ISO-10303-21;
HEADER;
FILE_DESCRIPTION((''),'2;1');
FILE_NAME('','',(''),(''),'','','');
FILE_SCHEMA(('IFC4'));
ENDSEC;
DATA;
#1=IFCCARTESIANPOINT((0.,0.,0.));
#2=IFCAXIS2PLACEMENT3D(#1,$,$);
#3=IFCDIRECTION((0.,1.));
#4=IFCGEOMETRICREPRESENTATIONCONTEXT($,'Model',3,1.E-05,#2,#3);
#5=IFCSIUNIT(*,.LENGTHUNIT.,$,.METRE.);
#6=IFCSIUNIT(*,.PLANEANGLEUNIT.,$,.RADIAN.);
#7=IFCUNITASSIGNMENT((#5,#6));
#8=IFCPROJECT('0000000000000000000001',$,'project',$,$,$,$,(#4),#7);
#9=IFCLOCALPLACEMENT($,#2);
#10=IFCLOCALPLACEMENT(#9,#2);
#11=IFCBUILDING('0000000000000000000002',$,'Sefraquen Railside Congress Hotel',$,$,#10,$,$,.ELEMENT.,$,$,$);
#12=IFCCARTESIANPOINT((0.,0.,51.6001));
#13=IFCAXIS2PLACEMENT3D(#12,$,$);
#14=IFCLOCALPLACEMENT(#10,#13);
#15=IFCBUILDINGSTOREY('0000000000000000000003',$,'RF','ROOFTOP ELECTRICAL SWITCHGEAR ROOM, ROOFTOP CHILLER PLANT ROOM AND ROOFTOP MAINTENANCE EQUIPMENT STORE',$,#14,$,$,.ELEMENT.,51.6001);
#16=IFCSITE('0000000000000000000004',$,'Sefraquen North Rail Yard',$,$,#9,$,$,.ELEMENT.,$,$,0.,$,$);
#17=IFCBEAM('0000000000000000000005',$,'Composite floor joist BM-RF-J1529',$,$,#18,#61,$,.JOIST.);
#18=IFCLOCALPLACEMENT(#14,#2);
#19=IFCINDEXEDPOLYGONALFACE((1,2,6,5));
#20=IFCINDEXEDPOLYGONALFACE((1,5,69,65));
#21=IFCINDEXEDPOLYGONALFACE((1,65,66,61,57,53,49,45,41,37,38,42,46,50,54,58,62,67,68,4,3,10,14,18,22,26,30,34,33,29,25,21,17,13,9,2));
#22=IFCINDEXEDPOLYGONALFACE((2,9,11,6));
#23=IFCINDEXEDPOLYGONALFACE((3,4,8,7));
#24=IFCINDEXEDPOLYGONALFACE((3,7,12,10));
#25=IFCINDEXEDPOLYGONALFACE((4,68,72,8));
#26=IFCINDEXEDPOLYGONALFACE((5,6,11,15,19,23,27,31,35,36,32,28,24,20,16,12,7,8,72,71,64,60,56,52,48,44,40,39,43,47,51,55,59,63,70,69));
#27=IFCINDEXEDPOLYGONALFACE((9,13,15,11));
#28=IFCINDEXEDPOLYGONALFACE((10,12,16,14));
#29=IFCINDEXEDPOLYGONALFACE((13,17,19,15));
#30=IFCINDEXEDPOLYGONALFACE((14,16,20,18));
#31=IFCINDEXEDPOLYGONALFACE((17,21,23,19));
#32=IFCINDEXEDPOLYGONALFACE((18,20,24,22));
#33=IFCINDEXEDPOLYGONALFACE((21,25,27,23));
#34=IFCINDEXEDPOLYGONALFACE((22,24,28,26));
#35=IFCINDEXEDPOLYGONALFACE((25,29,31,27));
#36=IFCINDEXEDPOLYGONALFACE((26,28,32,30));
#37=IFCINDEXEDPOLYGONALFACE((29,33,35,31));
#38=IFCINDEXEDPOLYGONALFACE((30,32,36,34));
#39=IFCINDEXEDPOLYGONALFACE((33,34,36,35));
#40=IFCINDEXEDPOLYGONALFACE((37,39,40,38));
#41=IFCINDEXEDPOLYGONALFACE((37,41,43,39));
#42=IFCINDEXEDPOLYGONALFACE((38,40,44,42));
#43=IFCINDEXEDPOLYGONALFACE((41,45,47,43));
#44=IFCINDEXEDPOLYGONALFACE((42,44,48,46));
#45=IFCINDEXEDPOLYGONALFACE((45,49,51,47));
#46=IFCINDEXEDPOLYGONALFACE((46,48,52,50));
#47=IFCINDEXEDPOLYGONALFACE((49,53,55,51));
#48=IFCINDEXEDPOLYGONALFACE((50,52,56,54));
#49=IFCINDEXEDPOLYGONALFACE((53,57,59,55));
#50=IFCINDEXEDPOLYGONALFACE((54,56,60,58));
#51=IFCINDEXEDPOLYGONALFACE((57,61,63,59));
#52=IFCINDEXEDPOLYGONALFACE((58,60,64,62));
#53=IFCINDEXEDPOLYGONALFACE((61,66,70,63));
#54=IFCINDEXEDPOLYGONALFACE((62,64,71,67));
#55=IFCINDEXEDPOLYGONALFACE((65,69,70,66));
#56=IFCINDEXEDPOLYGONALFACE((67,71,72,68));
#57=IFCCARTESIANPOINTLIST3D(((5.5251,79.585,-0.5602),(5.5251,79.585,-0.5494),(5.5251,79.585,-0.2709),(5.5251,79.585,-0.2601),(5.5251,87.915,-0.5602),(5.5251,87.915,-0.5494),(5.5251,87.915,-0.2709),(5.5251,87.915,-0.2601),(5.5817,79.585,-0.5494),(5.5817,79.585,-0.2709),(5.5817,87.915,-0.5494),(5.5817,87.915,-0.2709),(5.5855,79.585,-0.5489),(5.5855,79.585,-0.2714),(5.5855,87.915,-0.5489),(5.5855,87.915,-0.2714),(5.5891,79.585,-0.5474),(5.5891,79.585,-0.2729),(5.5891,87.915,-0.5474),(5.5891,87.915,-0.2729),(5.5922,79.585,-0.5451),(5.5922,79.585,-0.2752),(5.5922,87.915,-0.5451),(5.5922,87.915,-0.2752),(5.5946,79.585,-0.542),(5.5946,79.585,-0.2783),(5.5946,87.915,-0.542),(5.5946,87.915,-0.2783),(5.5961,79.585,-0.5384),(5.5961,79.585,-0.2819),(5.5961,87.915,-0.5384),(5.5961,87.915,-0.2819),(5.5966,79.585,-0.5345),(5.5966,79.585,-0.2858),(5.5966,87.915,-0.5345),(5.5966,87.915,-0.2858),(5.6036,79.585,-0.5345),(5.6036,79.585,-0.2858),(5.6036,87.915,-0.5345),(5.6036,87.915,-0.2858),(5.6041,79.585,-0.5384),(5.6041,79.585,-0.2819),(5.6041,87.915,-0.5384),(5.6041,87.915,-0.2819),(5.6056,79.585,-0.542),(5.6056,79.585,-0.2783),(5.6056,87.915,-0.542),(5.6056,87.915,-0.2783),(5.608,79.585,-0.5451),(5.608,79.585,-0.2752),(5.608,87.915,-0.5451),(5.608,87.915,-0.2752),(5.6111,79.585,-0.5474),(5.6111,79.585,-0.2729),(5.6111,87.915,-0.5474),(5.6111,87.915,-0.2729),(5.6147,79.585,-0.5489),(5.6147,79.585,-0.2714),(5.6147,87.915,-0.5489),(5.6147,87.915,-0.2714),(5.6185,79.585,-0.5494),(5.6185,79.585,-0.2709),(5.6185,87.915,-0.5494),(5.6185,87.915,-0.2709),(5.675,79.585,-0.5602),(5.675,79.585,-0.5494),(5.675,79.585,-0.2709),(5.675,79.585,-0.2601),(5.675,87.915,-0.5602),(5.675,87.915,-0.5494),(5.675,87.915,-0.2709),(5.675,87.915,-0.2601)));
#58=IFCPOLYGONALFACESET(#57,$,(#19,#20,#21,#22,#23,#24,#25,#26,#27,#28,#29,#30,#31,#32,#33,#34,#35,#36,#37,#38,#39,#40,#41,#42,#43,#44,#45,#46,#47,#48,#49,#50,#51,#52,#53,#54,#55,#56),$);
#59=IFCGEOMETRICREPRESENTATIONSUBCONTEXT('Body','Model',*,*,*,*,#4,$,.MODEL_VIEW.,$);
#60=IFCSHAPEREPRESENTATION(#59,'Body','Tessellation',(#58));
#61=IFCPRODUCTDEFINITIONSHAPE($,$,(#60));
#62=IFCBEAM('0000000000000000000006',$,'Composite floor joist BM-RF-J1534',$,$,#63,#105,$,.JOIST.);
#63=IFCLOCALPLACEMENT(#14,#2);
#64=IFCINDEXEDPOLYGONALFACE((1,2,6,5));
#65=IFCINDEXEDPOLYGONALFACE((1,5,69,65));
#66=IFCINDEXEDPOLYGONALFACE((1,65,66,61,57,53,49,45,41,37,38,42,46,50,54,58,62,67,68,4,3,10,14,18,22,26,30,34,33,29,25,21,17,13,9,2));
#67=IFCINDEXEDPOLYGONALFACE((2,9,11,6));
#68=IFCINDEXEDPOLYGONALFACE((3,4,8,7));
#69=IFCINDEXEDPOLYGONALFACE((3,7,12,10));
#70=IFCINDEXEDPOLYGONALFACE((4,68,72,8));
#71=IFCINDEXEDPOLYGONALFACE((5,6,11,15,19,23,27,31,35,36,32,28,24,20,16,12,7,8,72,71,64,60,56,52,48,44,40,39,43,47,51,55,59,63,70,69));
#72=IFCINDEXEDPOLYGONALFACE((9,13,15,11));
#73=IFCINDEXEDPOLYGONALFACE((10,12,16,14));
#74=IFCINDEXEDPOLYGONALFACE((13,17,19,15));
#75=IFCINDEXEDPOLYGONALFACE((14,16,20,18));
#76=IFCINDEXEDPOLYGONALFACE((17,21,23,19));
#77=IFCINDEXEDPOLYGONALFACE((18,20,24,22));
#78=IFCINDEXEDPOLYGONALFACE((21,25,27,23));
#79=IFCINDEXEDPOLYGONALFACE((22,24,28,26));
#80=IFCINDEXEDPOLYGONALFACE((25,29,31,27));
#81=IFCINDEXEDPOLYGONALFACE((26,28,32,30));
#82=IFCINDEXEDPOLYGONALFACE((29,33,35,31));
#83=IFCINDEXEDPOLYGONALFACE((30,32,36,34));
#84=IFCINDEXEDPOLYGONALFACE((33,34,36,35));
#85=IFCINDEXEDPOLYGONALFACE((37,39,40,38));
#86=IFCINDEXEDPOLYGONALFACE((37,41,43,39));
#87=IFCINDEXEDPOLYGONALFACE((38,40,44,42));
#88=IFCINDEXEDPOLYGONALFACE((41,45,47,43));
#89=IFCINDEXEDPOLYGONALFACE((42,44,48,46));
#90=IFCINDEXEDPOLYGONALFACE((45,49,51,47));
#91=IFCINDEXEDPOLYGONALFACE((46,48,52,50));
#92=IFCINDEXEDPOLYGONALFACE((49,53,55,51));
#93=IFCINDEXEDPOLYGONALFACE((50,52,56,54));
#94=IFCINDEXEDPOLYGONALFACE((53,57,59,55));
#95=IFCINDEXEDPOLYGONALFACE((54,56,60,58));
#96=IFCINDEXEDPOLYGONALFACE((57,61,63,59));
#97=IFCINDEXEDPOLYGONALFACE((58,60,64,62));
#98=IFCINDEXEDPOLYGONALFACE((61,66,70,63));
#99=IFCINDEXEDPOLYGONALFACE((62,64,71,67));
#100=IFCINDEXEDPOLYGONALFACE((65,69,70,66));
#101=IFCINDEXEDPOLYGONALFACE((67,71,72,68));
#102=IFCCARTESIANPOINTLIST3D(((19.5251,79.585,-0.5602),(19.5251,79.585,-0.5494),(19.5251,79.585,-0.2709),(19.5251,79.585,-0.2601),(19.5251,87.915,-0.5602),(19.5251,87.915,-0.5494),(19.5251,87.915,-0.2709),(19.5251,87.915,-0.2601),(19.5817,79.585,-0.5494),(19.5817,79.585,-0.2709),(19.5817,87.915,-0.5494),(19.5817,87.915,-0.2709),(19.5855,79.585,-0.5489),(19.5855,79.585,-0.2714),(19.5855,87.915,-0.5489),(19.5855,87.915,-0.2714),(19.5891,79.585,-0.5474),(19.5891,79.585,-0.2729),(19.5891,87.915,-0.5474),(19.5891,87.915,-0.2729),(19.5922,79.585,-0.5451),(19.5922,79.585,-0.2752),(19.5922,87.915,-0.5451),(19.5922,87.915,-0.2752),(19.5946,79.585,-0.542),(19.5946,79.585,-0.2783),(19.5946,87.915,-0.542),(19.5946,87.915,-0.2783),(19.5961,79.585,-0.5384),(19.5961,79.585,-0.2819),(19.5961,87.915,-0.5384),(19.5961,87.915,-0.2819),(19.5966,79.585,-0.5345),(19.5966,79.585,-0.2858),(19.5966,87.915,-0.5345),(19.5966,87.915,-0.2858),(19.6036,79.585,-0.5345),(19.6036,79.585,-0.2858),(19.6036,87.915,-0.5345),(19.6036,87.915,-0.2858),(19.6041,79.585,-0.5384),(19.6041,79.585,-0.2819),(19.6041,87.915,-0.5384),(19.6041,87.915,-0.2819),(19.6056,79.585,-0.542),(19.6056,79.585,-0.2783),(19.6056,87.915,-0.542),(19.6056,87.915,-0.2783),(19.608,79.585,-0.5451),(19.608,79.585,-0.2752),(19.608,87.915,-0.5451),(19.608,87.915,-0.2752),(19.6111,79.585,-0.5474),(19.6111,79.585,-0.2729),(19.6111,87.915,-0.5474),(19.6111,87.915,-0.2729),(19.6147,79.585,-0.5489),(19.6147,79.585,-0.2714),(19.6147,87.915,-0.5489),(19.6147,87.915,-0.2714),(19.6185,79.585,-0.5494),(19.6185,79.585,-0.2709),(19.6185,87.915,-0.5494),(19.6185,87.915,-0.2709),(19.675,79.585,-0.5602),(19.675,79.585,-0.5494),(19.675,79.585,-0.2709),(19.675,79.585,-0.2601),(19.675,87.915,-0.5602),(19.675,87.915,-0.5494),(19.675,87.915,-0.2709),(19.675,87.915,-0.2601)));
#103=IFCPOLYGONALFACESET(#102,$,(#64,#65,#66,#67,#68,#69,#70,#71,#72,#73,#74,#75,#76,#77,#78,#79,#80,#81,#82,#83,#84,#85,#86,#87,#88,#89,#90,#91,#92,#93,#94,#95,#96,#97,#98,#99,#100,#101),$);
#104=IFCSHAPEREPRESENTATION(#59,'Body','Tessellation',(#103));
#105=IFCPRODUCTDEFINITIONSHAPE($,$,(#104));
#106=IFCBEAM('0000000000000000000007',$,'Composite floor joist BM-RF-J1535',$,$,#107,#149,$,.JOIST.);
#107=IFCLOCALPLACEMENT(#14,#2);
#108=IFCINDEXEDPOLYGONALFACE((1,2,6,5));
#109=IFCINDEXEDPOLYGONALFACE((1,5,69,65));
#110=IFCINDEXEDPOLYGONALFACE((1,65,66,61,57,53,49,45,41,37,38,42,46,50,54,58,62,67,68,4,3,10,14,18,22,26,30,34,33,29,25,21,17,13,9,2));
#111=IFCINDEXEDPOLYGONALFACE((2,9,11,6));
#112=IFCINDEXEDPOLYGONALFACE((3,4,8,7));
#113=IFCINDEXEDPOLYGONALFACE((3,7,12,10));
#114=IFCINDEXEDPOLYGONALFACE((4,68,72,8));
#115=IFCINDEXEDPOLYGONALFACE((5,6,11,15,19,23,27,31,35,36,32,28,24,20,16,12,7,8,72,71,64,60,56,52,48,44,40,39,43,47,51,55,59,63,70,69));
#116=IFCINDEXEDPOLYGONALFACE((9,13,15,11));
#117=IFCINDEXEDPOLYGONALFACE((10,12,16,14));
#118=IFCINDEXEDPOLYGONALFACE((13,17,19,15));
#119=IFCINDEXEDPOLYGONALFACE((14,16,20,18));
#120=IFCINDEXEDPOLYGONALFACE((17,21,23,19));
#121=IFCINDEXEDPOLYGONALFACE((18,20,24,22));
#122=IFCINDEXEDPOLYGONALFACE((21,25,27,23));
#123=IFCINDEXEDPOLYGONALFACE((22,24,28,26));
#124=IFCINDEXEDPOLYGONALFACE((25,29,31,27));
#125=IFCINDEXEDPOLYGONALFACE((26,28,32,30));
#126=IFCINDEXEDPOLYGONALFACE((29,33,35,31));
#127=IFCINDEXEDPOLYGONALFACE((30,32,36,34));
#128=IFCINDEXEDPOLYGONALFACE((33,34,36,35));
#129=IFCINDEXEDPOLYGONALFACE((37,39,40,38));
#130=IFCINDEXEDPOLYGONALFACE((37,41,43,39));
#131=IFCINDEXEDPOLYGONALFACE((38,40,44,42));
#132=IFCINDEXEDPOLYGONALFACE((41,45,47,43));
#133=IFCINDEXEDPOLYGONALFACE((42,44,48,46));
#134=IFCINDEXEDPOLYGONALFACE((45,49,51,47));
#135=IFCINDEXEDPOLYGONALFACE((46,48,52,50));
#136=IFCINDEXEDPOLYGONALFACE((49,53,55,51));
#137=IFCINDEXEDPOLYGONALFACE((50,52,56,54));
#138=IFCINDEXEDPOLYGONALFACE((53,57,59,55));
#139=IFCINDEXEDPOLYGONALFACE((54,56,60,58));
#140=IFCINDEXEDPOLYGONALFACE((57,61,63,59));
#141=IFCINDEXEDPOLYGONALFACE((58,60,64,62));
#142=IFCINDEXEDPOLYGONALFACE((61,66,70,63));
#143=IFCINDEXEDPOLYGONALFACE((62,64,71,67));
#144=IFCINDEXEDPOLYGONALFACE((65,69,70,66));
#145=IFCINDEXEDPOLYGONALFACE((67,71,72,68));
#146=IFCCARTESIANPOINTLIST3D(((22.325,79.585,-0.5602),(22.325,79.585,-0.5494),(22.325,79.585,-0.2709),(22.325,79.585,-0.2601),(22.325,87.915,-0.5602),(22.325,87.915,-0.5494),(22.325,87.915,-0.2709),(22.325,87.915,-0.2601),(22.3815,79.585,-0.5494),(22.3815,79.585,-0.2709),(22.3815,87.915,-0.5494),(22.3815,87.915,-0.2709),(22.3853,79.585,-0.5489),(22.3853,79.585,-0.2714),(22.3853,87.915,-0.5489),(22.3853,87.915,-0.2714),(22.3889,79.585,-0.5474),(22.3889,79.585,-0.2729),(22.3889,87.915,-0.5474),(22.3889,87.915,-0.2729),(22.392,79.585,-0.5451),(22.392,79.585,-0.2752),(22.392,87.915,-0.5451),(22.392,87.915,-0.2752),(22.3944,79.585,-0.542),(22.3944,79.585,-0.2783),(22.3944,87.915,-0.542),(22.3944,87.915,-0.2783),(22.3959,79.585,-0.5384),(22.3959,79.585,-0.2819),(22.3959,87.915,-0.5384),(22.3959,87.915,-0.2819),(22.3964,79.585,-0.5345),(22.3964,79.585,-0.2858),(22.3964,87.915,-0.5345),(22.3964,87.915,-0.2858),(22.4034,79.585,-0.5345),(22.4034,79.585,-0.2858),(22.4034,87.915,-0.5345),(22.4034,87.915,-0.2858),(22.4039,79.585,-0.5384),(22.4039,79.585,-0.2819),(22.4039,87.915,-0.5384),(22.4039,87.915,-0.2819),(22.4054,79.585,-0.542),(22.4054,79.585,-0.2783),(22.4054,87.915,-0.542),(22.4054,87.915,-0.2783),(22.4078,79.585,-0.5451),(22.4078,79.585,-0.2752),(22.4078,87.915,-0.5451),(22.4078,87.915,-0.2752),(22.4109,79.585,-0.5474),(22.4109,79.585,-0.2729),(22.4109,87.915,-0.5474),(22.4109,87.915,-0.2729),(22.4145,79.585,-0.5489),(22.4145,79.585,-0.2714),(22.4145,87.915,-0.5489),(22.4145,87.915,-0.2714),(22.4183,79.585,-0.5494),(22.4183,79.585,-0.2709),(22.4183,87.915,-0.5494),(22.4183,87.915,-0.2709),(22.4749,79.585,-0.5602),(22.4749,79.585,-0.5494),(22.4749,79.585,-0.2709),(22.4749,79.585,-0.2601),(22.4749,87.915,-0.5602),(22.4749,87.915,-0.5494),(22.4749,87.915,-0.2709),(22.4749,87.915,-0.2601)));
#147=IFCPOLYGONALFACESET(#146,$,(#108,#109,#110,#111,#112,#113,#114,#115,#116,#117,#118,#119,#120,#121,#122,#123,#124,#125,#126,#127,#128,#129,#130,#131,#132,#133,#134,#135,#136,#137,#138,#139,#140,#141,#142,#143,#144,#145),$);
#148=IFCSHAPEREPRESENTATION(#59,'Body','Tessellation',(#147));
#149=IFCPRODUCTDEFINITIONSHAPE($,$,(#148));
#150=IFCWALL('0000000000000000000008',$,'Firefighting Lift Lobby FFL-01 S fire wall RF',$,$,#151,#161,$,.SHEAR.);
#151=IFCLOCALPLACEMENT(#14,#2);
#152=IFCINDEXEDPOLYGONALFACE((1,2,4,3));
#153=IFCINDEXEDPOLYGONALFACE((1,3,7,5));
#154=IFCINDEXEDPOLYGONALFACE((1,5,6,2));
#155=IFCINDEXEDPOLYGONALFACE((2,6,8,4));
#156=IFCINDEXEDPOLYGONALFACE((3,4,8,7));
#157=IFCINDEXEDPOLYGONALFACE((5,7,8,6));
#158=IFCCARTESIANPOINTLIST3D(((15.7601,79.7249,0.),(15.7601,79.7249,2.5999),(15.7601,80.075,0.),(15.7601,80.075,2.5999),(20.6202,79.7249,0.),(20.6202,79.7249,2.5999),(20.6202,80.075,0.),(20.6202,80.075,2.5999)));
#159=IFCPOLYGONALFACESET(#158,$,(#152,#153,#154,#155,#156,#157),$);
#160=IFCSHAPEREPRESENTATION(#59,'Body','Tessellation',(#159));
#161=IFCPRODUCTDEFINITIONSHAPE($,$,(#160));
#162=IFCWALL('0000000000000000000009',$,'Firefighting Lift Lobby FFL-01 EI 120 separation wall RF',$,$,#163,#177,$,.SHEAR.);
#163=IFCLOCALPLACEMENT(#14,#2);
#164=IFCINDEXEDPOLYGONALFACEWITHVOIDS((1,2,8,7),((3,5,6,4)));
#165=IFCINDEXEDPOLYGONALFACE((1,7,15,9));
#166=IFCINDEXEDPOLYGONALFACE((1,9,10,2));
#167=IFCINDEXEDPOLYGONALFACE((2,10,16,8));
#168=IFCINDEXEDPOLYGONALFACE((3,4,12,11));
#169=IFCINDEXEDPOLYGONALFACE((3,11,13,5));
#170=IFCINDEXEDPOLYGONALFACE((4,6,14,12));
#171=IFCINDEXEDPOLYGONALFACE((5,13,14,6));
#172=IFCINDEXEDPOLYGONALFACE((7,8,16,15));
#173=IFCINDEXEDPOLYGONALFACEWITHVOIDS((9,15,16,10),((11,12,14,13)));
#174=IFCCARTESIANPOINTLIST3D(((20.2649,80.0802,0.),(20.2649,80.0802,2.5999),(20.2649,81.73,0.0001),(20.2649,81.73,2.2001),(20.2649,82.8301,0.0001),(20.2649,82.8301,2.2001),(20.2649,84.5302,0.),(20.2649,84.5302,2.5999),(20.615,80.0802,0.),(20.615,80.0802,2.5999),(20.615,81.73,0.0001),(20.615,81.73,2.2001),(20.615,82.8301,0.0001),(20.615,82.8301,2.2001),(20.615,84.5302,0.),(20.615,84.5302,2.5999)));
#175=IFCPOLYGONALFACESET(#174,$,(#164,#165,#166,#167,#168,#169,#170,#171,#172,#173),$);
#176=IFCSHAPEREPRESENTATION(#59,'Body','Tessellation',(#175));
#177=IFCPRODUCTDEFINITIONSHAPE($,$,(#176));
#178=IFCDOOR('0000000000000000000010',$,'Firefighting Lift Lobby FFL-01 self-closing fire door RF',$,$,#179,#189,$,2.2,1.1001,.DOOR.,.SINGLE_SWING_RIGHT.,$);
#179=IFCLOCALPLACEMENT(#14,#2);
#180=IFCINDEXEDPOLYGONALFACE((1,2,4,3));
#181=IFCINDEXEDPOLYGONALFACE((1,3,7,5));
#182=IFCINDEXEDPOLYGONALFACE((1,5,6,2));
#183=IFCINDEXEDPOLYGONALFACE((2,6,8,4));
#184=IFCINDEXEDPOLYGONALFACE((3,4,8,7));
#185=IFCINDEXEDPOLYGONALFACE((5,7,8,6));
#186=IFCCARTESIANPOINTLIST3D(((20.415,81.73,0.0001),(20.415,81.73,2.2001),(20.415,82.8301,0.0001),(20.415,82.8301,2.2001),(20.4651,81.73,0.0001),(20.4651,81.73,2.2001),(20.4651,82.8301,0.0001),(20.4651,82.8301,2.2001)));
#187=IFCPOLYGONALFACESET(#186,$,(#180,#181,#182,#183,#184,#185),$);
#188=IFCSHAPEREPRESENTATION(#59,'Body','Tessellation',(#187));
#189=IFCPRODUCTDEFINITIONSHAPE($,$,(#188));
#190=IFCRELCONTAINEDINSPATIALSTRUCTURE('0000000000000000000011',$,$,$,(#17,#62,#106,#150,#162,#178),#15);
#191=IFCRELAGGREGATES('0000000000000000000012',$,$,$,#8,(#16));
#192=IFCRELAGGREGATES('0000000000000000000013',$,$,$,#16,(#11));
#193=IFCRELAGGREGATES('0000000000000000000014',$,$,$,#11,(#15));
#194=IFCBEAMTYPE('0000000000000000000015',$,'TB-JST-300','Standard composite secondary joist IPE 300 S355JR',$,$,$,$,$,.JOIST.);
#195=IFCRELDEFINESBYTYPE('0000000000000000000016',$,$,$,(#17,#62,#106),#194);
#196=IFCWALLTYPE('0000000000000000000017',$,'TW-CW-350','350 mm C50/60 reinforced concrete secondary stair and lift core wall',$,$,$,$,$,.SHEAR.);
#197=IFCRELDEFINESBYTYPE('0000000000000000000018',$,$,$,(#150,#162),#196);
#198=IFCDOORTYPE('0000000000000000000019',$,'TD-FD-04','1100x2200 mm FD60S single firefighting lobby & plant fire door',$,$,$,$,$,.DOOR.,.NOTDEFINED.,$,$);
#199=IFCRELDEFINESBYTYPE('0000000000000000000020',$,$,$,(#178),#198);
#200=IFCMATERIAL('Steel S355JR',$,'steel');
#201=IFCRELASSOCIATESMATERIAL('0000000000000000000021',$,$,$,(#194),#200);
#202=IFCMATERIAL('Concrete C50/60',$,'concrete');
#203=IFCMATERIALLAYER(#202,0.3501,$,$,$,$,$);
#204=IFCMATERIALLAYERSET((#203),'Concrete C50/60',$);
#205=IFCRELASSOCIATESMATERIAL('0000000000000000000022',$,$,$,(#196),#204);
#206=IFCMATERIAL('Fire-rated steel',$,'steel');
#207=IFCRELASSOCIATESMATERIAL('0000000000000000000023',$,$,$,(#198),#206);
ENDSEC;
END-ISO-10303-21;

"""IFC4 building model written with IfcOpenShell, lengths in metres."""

from ifc_helpers import new_model, si_unit, direction, frame, frame_2d, origin, origin_2d, place, context, subcontext, project, spatial, rectangle, i_section, extrude, material, layer, layer_set, material_profile, profile_set, type_object, element, fill, save


model = new_model("IFC4")

# Units and contexts
model_context = context("Model", 3, precision=1e-05, world=origin(), true_north=direction((0.0, 1.0)))
body_context = subcontext(model_context, "Body", "Model", "MODEL_VIEW")
ifc_project = project(units=[si_unit("LENGTHUNIT", "METRE"), si_unit("PLANEANGLEUNIT", "RADIAN")], contexts=[model_context])

# Site, building, storey
site_placement = place(None, origin())
site = spatial("IfcSite", under=ifc_project, at=site_placement, Name="Sefraquen North Rail Yard", CompositionType="ELEMENT", RefElevation=0.0)
building_placement = place(site_placement, origin())
building = spatial("IfcBuilding", under=site, at=building_placement, Name="Sefraquen Railside Congress Hotel", CompositionType="ELEMENT")
storey_placement = place(building_placement, frame((0.0, 0.0, 51.6001)))
storey = spatial("IfcBuildingStorey", under=building, at=storey_placement, Name="RF", Description="ROOFTOP ELECTRICAL SWITCHGEAR ROOM, ROOFTOP CHILLER PLANT ROOM AND ROOFTOP MAINTENANCE EQUIPMENT STORE", CompositionType="ELEMENT", Elevation=51.6001)

# Beams
ifc_material_1 = material(Name="Steel S355JR", Category="steel")
ifc_material_profile_1 = material_profile(ifc_material_1, i_section(OverallWidth=0.1499, OverallDepth=0.3, WebThickness=0.0071, FlangeThickness=0.0107, FilletRadius=0.0149, at=origin_2d()), Name="IPE 300")
ifc_profile_set_1 = profile_set([ifc_material_profile_1], Name="Steel S355JR")
beam_type_1 = type_object("IfcBeamType", Name="TB-JST-300", Description="Standard composite secondary joist IPE 300 S355JR", PredefinedType="JOIST", material=ifc_profile_set_1)
for number, where, z_axis, x_axis, name in (
    (1, (5.6001, 79.585, -0.4102), (0.0, 1.0, 0.0), (-1.0, 0.0, 0.0), "Composite floor joist BM-RF-J1529"),
    (2, (19.6001, 79.585, -0.4102), (0.0, 1.0, 0.0), (-1.0, 0.0, 0.0), "Composite floor joist BM-RF-J1534"),
    (3, (22.3999, 79.585, -0.4102), (0.0, 1.0, 0.0), (-1.0, 0.0, 0.0), "Composite floor joist BM-RF-J1535"),
):
    element("IfcBeam", number, at=place(storey_placement, frame(where, z_axis=z_axis, x_axis=x_axis)), inside=storey, type_object=beam_type_1, Name=name, PredefinedType="JOIST", context=body_context, shape_type="SweptSolid", body=[
        extrude(i_section(OverallWidth=0.1499, OverallDepth=0.3, WebThickness=0.0071, FlangeThickness=0.0107, FilletRadius=0.0149, at=origin_2d()), origin(), (0.0, 0.0, 1.0), 8.3301),
    ])

# Wall
ifc_material_2 = material(Name="Concrete C50/60", Category="concrete")
ifc_layer_1 = layer(ifc_material_2, 0.3501)
ifc_layer_set_1 = layer_set([ifc_layer_1], Name="Concrete C50/60")
wall_type_1 = type_object("IfcWallType", Name="TW-CW-350", Description="350 mm C50/60 reinforced concrete secondary stair and lift core wall", PredefinedType="SHEAR", material=ifc_layer_set_1)
wall_1_placement = place(storey_placement, frame((15.76, 79.8999, 0.0), z_axis=(0.0, 0.0, 1.0), x_axis=(1.0, 0.0, 0.0)))
element("IfcWall", 4, at=wall_1_placement, inside=storey, type_object=wall_type_1, Name="Firefighting Lift Lobby FFL-01 S fire wall RF", PredefinedType="SHEAR", context=body_context, shape_type="SweptSolid", body=[
    extrude(rectangle(XDim=4.8601, YDim=0.3501, at=frame_2d((2.4302, 0.0))), origin(), (0.0, 0.0, 1.0), 2.5999),
])

# Wall, opening, door
wall_2_placement = place(storey_placement, frame((20.4399, 80.0801, 0.0), z_axis=(0.0, 0.0, 1.0), x_axis=(0.0, 1.0, 0.0)))
wall_2 = element("IfcWall", 5, at=wall_2_placement, inside=storey, type_object=wall_type_1, Name="Firefighting Lift Lobby FFL-01 EI 120 separation wall RF", PredefinedType="SHEAR", context=body_context, shape_type="SweptSolid", body=[
    extrude(rectangle(XDim=4.45, YDim=0.3501, at=frame_2d((2.2251, 0.0))), origin(), (0.0, 0.0, 1.0), 2.5999),
])
opening_placement = place(wall_2_placement, frame((1.6499, 0.0, 0.0)))
opening = element("IfcOpeningElement", 6, at=opening_placement, cuts=wall_2, PredefinedType="OPENING", context=body_context, shape_type="SweptSolid", body=[
    extrude(rectangle(XDim=1.1001, YDim=2.2, at=frame_2d((0.55, 1.1001))), frame((0.0, 0.1851, 0.0), z_axis=(0.0, -1.0, 0.0), x_axis=(1.0, 0.0, 0.0)), (0.0, 0.0, 1.0), 0.3701),
])
ifc_material_3 = material(Name="Fire-rated steel", Category="steel")
door_type = type_object("IfcDoorType", Name="TD-FD-04", Description="1100x2200 mm FD60S single firefighting lobby & plant fire door", OperationType="NOTDEFINED", PredefinedType="DOOR", material=ifc_material_3)
door_placement = place(opening_placement, origin())
door = element("IfcDoor", 7, at=door_placement, inside=storey, type_object=door_type, Name="Firefighting Lift Lobby FFL-01 self-closing fire door RF", OperationType="SINGLE_SWING_RIGHT", OverallHeight=2.2, OverallWidth=1.1001, PredefinedType="DOOR", context=body_context, shape_type="SweptSolid", body=[
    extrude(rectangle(XDim=1.1001, YDim=2.2, at=frame_2d((0.55, 1.1001))), frame((0.0, 0.0249, 0.0), z_axis=(0.0, -1.0, 0.0), x_axis=(1.0, 0.0, 0.0)), (0.0, 0.0, 1.0), 0.05),
])
fill(opening, door)

save(model, "model.ifc")
